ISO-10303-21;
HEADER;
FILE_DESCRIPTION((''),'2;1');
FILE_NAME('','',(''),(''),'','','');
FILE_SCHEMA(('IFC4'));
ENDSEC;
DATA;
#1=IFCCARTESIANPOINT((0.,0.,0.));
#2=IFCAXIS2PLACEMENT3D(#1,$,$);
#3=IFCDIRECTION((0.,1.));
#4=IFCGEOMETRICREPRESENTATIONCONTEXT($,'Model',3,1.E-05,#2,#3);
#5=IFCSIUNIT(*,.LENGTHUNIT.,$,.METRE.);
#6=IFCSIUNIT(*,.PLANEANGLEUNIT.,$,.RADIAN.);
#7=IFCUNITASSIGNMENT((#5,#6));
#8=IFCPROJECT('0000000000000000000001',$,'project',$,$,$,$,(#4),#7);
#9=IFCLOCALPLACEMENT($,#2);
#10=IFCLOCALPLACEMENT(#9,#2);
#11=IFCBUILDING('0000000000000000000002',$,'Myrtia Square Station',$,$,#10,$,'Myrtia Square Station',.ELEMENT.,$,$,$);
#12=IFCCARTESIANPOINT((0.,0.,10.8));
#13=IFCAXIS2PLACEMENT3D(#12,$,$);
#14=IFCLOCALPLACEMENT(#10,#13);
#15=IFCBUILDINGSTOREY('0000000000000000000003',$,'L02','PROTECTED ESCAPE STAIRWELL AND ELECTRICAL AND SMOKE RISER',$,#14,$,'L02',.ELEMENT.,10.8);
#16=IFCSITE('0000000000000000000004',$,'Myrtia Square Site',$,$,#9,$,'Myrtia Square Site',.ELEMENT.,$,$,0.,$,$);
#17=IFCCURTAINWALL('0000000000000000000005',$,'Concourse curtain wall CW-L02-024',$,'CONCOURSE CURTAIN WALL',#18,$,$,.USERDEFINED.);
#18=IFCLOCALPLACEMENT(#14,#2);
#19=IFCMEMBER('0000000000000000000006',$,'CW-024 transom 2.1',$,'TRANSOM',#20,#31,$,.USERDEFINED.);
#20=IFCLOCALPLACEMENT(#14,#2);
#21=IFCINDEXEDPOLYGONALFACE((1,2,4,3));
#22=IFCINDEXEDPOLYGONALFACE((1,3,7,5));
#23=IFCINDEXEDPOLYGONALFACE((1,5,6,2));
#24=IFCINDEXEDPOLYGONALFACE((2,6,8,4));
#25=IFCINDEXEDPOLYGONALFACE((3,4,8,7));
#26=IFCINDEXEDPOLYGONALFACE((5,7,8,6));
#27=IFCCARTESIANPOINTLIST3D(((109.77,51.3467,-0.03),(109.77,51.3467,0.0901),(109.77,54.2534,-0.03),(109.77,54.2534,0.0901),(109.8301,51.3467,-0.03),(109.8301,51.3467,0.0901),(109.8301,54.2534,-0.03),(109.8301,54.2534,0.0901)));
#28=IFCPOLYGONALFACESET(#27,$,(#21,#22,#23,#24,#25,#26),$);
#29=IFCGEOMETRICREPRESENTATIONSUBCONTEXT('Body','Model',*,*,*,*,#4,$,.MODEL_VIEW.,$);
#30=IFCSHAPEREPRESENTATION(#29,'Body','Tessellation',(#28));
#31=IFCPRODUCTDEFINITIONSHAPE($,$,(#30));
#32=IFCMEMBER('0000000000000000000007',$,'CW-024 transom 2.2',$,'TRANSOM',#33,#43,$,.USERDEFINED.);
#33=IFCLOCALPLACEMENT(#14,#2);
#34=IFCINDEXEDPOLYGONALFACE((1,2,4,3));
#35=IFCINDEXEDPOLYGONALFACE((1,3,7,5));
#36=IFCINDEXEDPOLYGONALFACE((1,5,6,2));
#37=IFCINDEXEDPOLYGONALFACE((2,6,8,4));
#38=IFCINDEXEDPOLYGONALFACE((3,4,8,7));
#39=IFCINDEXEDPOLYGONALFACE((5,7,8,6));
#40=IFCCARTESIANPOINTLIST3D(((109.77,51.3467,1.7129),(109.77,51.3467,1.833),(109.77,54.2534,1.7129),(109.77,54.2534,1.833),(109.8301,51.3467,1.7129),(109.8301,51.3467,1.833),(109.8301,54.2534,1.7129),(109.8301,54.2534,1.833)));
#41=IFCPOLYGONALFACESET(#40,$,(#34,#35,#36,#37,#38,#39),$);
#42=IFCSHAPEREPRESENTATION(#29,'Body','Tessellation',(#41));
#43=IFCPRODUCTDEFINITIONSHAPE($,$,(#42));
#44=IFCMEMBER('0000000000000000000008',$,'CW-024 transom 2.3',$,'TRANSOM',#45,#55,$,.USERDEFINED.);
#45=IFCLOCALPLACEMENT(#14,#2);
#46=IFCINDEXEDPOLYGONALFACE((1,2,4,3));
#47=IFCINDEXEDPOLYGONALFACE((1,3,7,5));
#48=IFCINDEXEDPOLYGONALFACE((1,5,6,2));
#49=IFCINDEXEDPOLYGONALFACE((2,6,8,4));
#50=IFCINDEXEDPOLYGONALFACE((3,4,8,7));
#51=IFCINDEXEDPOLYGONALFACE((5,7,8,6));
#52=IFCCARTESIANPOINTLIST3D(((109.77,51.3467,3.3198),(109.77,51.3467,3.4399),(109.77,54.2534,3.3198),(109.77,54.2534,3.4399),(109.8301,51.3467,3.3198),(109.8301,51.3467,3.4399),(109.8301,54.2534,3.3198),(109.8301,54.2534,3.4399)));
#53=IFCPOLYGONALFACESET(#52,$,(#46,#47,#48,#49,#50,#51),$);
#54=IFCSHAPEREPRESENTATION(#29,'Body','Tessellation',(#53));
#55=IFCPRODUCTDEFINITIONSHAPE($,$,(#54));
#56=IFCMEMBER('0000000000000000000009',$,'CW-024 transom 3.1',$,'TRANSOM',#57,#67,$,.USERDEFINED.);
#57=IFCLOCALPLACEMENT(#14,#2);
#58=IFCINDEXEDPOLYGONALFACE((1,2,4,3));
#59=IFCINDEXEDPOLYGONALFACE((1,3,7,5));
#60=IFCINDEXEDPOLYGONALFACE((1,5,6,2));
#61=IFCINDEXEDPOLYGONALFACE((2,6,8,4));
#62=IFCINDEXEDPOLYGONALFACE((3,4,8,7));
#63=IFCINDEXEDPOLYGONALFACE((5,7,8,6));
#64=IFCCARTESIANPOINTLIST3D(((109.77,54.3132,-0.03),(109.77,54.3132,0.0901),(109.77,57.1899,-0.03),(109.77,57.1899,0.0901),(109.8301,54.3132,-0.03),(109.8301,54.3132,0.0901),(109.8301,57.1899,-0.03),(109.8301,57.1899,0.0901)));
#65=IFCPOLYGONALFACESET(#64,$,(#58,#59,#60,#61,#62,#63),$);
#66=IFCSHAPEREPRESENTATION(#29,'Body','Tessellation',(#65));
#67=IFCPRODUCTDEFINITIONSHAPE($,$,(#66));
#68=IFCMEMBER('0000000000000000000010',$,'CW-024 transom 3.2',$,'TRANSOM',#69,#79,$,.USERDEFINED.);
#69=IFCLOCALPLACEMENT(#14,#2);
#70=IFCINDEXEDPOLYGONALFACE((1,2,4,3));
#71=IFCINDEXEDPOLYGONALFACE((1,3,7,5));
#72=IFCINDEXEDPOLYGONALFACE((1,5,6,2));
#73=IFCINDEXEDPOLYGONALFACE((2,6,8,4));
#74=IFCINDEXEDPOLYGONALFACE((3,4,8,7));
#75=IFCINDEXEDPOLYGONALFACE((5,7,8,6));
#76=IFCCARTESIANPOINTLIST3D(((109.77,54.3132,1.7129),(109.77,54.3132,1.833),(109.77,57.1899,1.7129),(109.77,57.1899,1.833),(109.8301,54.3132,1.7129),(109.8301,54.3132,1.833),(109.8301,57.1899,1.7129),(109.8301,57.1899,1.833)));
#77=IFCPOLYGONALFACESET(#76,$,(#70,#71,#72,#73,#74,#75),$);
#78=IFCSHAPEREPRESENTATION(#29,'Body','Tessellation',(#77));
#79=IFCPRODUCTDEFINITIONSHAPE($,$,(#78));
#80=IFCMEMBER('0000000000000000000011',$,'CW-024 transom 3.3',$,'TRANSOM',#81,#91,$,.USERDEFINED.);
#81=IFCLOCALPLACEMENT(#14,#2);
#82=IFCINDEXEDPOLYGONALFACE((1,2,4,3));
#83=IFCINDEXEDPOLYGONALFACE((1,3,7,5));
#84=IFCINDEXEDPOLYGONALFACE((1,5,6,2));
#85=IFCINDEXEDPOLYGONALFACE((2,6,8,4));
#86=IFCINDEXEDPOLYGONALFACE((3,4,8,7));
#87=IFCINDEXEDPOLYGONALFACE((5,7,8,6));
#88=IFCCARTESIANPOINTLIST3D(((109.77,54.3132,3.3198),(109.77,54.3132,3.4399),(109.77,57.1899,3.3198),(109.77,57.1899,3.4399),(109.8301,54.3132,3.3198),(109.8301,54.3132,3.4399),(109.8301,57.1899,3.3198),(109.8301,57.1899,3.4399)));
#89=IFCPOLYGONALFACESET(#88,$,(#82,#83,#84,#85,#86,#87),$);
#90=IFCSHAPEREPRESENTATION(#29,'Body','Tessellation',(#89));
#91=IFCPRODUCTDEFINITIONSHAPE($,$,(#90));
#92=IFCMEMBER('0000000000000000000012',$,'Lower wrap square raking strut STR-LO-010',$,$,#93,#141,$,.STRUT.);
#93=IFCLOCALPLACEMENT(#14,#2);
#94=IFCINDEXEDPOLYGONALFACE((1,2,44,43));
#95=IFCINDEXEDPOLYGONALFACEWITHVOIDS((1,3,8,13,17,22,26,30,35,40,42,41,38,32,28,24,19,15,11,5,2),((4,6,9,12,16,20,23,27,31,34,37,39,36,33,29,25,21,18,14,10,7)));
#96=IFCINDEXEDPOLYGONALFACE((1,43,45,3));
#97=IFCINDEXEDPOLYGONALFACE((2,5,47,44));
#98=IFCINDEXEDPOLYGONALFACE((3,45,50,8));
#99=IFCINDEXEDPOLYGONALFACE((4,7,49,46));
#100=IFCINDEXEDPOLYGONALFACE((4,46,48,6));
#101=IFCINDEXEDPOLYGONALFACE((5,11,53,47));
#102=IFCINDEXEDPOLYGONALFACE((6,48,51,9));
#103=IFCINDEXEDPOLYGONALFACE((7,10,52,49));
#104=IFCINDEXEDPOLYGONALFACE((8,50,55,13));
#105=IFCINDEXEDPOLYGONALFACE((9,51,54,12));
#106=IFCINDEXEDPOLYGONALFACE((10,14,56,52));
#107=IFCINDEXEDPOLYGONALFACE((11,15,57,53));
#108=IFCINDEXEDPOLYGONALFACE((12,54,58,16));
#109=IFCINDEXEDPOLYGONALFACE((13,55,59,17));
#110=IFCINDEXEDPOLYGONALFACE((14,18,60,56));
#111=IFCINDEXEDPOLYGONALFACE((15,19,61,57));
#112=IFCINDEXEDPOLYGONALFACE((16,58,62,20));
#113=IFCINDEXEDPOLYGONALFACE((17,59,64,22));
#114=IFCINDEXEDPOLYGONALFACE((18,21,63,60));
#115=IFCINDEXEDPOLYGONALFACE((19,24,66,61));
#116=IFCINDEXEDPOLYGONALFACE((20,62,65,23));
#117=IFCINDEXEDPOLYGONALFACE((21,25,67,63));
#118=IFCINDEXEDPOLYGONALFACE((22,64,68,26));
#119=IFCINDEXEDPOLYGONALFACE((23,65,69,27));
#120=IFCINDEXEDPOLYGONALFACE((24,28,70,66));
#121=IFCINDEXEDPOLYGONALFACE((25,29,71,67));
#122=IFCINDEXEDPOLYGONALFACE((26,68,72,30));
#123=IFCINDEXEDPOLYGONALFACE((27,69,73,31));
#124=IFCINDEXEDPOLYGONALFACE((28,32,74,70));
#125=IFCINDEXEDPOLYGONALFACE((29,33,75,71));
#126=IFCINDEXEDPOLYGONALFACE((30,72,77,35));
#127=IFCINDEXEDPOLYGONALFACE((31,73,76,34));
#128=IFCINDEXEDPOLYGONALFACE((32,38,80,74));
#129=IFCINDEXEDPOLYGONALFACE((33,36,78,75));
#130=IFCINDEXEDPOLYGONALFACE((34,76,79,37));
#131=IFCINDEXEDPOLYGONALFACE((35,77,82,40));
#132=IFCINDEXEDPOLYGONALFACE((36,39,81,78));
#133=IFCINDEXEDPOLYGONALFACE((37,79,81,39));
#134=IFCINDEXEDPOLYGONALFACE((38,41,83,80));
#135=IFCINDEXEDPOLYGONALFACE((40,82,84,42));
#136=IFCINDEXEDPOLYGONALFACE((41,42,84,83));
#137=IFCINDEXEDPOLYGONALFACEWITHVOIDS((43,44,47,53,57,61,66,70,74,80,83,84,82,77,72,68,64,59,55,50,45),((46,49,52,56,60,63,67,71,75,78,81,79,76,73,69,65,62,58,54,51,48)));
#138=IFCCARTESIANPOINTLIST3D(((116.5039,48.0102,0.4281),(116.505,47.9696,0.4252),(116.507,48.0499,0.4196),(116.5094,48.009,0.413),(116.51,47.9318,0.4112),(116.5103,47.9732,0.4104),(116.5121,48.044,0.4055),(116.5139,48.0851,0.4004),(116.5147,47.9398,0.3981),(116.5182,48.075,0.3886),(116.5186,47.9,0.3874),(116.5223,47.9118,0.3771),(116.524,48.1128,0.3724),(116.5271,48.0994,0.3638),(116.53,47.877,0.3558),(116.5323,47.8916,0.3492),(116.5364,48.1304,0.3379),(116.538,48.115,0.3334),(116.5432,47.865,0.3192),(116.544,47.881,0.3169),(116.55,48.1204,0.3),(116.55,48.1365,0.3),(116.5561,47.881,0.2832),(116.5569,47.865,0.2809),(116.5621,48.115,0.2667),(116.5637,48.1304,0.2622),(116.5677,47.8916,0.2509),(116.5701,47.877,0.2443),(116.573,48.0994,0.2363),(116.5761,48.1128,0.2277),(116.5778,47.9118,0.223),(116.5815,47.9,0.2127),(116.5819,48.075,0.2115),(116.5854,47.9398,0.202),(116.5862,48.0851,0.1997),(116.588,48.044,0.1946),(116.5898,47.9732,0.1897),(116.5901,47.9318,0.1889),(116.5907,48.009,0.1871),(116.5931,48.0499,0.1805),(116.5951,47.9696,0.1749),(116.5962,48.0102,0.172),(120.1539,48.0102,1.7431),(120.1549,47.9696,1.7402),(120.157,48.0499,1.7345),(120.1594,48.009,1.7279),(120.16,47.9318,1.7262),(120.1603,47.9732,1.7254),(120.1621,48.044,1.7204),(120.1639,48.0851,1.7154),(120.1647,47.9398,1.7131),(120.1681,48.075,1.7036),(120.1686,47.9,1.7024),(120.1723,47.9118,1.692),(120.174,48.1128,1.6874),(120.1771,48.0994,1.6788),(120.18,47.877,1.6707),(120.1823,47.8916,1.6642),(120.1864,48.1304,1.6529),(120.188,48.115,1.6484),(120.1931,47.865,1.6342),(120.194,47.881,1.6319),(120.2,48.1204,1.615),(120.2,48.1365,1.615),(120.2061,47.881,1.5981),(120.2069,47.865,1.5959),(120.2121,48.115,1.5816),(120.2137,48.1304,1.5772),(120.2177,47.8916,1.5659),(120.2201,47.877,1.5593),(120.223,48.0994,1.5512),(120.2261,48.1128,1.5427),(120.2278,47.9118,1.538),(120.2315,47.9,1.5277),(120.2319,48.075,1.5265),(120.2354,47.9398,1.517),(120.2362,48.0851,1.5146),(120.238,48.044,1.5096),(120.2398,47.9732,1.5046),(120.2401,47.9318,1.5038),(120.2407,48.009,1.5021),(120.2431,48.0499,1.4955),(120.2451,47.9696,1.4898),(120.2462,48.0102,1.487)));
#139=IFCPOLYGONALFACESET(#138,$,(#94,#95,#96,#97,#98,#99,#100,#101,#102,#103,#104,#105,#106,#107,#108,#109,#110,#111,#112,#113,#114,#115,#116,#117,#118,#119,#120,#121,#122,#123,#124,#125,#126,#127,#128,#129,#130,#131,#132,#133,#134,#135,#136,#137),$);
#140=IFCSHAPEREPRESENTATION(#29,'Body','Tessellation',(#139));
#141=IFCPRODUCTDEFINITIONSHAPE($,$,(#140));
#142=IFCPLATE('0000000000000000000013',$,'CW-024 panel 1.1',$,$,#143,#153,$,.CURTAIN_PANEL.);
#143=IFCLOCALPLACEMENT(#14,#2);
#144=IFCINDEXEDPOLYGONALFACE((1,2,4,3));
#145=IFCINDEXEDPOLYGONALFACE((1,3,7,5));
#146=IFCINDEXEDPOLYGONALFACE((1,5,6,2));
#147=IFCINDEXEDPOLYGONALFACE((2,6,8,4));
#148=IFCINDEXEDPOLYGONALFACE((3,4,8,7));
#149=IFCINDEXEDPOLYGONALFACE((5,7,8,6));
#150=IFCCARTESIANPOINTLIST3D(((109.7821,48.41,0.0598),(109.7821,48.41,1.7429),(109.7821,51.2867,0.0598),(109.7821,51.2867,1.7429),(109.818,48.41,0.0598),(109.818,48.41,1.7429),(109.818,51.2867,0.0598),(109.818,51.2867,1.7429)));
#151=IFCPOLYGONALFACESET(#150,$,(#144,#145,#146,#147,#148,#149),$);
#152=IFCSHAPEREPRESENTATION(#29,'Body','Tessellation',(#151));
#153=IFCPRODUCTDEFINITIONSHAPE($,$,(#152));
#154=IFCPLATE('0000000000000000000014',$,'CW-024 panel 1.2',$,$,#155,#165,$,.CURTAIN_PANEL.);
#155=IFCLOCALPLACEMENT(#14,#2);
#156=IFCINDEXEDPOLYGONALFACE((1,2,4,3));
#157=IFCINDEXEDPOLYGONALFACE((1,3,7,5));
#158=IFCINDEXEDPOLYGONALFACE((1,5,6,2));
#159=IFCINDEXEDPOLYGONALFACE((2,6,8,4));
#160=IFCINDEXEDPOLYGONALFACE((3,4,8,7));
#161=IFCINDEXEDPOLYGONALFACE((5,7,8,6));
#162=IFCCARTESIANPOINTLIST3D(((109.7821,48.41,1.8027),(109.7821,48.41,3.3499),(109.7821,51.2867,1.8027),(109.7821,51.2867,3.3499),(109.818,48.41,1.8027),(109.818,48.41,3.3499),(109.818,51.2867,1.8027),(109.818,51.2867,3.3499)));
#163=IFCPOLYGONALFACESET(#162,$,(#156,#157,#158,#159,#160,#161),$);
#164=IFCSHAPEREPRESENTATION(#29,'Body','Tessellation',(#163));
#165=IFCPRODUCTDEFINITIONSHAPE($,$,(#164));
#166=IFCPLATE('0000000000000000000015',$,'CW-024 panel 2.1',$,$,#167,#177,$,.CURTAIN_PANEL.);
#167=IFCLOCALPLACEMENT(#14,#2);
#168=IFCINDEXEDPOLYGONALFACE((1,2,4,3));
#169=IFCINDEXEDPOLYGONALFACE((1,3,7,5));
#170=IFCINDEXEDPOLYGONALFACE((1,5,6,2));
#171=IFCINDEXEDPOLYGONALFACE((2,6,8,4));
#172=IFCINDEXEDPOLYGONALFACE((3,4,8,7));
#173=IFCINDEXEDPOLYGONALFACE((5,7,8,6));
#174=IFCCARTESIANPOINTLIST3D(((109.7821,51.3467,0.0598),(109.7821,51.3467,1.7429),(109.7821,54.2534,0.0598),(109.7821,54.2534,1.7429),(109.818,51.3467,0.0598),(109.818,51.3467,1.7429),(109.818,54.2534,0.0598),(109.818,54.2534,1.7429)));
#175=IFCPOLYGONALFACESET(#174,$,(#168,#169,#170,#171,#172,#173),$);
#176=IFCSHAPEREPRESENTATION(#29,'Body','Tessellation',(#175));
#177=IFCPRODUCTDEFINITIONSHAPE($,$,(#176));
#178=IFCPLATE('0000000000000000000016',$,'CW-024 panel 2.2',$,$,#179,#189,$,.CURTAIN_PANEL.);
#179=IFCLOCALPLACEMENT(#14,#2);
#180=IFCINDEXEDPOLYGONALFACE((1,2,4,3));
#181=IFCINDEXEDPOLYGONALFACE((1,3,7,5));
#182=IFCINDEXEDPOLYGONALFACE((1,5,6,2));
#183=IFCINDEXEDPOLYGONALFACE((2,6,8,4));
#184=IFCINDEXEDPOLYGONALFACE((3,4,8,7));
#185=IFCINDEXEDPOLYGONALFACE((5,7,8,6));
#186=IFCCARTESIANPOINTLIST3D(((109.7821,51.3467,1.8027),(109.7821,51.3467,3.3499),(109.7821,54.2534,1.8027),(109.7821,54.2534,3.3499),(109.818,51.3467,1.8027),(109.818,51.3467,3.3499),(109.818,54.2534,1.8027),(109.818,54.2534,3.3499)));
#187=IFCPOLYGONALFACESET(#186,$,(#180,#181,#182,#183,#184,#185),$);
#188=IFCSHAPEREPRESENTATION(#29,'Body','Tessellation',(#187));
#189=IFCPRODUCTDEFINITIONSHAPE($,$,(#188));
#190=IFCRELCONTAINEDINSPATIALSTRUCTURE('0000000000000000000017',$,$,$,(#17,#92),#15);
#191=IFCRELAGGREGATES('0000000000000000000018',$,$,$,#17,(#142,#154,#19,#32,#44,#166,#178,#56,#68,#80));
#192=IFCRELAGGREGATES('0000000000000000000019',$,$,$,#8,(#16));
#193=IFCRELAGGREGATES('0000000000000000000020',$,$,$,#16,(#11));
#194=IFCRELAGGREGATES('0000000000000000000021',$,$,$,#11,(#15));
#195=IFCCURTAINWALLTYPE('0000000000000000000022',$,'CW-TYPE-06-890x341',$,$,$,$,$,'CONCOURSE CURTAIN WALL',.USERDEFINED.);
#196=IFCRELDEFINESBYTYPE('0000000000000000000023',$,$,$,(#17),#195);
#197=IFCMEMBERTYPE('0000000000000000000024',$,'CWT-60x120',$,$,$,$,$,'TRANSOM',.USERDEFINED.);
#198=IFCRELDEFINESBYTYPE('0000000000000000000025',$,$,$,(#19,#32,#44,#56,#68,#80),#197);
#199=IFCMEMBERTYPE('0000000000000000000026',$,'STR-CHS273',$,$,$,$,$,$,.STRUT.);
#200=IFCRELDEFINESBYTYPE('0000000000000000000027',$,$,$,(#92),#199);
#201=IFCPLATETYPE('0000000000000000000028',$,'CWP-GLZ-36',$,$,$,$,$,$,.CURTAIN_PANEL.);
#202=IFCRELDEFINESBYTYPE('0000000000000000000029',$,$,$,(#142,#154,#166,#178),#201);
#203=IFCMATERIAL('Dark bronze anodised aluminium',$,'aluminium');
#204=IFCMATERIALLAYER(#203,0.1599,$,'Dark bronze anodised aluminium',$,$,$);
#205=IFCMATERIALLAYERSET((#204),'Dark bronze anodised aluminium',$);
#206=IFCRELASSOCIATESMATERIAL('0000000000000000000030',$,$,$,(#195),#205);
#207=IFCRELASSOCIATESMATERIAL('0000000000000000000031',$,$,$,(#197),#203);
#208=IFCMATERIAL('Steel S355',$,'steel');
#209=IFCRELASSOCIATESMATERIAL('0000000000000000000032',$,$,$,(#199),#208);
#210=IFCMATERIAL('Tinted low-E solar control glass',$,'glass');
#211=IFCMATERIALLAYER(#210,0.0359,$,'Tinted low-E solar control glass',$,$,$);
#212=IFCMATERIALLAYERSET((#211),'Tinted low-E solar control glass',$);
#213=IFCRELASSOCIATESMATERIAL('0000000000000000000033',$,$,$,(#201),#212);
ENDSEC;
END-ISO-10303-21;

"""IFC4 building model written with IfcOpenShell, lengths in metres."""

from ifc_helpers import new_model, si_unit, direction, frame, origin, origin_2d, place, context, subcontext, project, spatial, rectangle, hollow_circle, extrude, material, layer, layer_set, material_profile, profile_set, type_object, element, aggregate, save


model = new_model("IFC4")

# Units and contexts
model_context = context("Model", 3, precision=1e-05, world=origin(), true_north=direction((0.0, 1.0)))
body_context = subcontext(model_context, "Body", "Model", "MODEL_VIEW")
ifc_project = project(units=[si_unit("LENGTHUNIT", "METRE"), si_unit("PLANEANGLEUNIT", "RADIAN")], contexts=[model_context])

# Site, building, storey
site_placement = place(None, origin())
site = spatial("IfcSite", under=ifc_project, at=site_placement, Name="Myrtia Square Site", LongName="Myrtia Square Site", CompositionType="ELEMENT", RefElevation=0.0)
building_placement = place(site_placement, origin())
building = spatial("IfcBuilding", under=site, at=building_placement, Name="Myrtia Square Station", LongName="Myrtia Square Station", CompositionType="ELEMENT")
storey_placement = place(building_placement, frame((0.0, 0.0, 10.8)))
storey = spatial("IfcBuildingStorey", under=building, at=storey_placement, Name="L02", Description="PROTECTED ESCAPE STAIRWELL AND ELECTRICAL AND SMOKE RISER", LongName="L02", CompositionType="ELEMENT", Elevation=10.8)

# Shared definitions
ifc_material_1 = material(Name="Steel S355", Category="steel")

# Curtain wall, members
ifc_material_2 = material(Name="Dark bronze anodised aluminium", Category="aluminium")
ifc_layer_1 = layer(ifc_material_2, 0.1599, Name="Dark bronze anodised aluminium")
ifc_layer_set_1 = layer_set([ifc_layer_1], Name="Dark bronze anodised aluminium")
curtain_wall_type = type_object("IfcCurtainWallType", Name="CW-TYPE-06-890x341", ElementType="CONCOURSE CURTAIN WALL", PredefinedType="USERDEFINED", material=ifc_layer_set_1)
curtain_wall_placement = place(storey_placement, origin())
curtain_wall = element("IfcCurtainWall", 1, at=curtain_wall_placement, inside=storey, type_object=curtain_wall_type, Name="Concourse curtain wall CW-L02-024", ObjectType="CONCOURSE CURTAIN WALL", PredefinedType="USERDEFINED")
ifc_material_profile_1 = material_profile(ifc_material_2, rectangle(XDim=0.0601, YDim=0.1201, at=origin_2d()), Name="ALU-T 60x120")
ifc_profile_set_1 = profile_set([ifc_material_profile_1], Name="Dark bronze anodised aluminium")
member_type_1 = type_object("IfcMemberType", Name="CWT-60x120", ElementType="TRANSOM", PredefinedType="USERDEFINED", material=ifc_profile_set_1)
member_1_placement = place(storey_placement, frame((109.8, 51.3467, 0.03), z_axis=(0.0, 1.0, 0.0), x_axis=(-1.0, 0.0, 0.0)))
member_1 = element("IfcMember", 2, at=member_1_placement, type_object=member_type_1, Name="CW-024 transom 2.1", ObjectType="TRANSOM", PredefinedType="USERDEFINED", context=body_context, shape_type="SweptSolid", body=[
    extrude(rectangle(XDim=0.0601, YDim=0.1201, at=origin_2d()), origin(), (0.0, 0.0, 1.0), 2.9067),
])
member_2_placement = place(storey_placement, frame((109.8, 51.3467, 1.7729), z_axis=(0.0, 1.0, 0.0), x_axis=(-1.0, 0.0, 0.0)))
member_2 = element("IfcMember", 3, at=member_2_placement, type_object=member_type_1, Name="CW-024 transom 2.2", ObjectType="TRANSOM", PredefinedType="USERDEFINED", context=body_context, shape_type="SweptSolid", body=[
    extrude(rectangle(XDim=0.0601, YDim=0.1201, at=origin_2d()), origin(), (0.0, 0.0, 1.0), 2.9067),
])
member_3_placement = place(storey_placement, frame((109.8, 51.3467, 3.3799), z_axis=(0.0, 1.0, 0.0), x_axis=(-1.0, 0.0, 0.0)))
member_3 = element("IfcMember", 4, at=member_3_placement, type_object=member_type_1, Name="CW-024 transom 2.3", ObjectType="TRANSOM", PredefinedType="USERDEFINED", context=body_context, shape_type="SweptSolid", body=[
    extrude(rectangle(XDim=0.0601, YDim=0.1201, at=origin_2d()), origin(), (0.0, 0.0, 1.0), 2.9067),
])
member_4_placement = place(storey_placement, frame((109.8, 54.3132, 0.03), z_axis=(0.0, 1.0, 0.0), x_axis=(-1.0, 0.0, 0.0)))
member_4 = element("IfcMember", 5, at=member_4_placement, type_object=member_type_1, Name="CW-024 transom 3.1", ObjectType="TRANSOM", PredefinedType="USERDEFINED", context=body_context, shape_type="SweptSolid", body=[
    extrude(rectangle(XDim=0.0601, YDim=0.1201, at=origin_2d()), origin(), (0.0, 0.0, 1.0), 2.8767),
])
member_5_placement = place(storey_placement, frame((109.8, 54.3132, 1.7729), z_axis=(0.0, 1.0, 0.0), x_axis=(-1.0, 0.0, 0.0)))
member_5 = element("IfcMember", 6, at=member_5_placement, type_object=member_type_1, Name="CW-024 transom 3.2", ObjectType="TRANSOM", PredefinedType="USERDEFINED", context=body_context, shape_type="SweptSolid", body=[
    extrude(rectangle(XDim=0.0601, YDim=0.1201, at=origin_2d()), origin(), (0.0, 0.0, 1.0), 2.8767),
])
member_6_placement = place(storey_placement, frame((109.8, 54.3132, 3.3799), z_axis=(0.0, 1.0, 0.0), x_axis=(-1.0, 0.0, 0.0)))
member_6 = element("IfcMember", 7, at=member_6_placement, type_object=member_type_1, Name="CW-024 transom 3.3", ObjectType="TRANSOM", PredefinedType="USERDEFINED", context=body_context, shape_type="SweptSolid", body=[
    extrude(rectangle(XDim=0.0601, YDim=0.1201, at=origin_2d()), origin(), (0.0, 0.0, 1.0), 2.8767),
])

# Member
ifc_material_profile_2 = material_profile(ifc_material_1, hollow_circle(Radius=0.1365, WallThickness=0.0161, at=origin_2d()), Name="CHS 273x16")
ifc_profile_set_2 = profile_set([ifc_material_profile_2], Name="Steel S355")
member_type_2 = type_object("IfcMemberType", Name="STR-CHS273", PredefinedType="STRUT", material=ifc_profile_set_2)
member_7_placement = place(storey_placement, frame((116.55, 48.0, 0.3), z_axis=(0.940807, 0.0, 0.338942), x_axis=(0.0, 1.0, 0.0)))
element("IfcMember", 8, at=member_7_placement, inside=storey, type_object=member_type_2, Name="Lower wrap square raking strut STR-LO-010", PredefinedType="STRUT", context=body_context, shape_type="SweptSolid", body=[
    extrude(hollow_circle(Radius=0.1365, WallThickness=0.0161, at=origin_2d()), origin(), (0.0, 0.0, 1.0), 3.8796),
])

# Plates
ifc_material_3 = material(Name="Tinted low-E solar control glass", Category="glass")
ifc_layer_2 = layer(ifc_material_3, 0.0359, Name="Tinted low-E solar control glass")
ifc_layer_set_2 = layer_set([ifc_layer_2], Name="Tinted low-E solar control glass")
plate_type_1 = type_object("IfcPlateType", Name="CWP-GLZ-36", PredefinedType="CURTAIN_PANEL", material=ifc_layer_set_2)
plate_1_placement = place(storey_placement, frame((109.8, 49.8484, 0.0598), z_axis=(0.0, 0.0, 1.0), x_axis=(0.0, 1.0, 0.0)))
plate_1 = element("IfcPlate", 9, at=plate_1_placement, type_object=plate_type_1, Name="CW-024 panel 1.1", PredefinedType="CURTAIN_PANEL", context=body_context, shape_type="SweptSolid", body=[
    extrude(rectangle(XDim=2.8767, YDim=0.0359, at=origin_2d()), origin(), (0.0, 0.0, 1.0), 1.6831),
])
plate_2_placement = place(storey_placement, frame((109.8, 49.8484, 1.8027), z_axis=(0.0, 0.0, 1.0), x_axis=(0.0, 1.0, 0.0)))
plate_2 = element("IfcPlate", 10, at=plate_2_placement, type_object=plate_type_1, Name="CW-024 panel 1.2", PredefinedType="CURTAIN_PANEL", context=body_context, shape_type="SweptSolid", body=[
    extrude(rectangle(XDim=2.8767, YDim=0.0359, at=origin_2d()), origin(), (0.0, 0.0, 1.0), 1.5471),
])
plate_3_placement = place(storey_placement, frame((109.8, 52.8, 0.0598), z_axis=(0.0, 0.0, 1.0), x_axis=(0.0, 1.0, 0.0)))
plate_3 = element("IfcPlate", 11, at=plate_3_placement, type_object=plate_type_1, Name="CW-024 panel 2.1", PredefinedType="CURTAIN_PANEL", context=body_context, shape_type="SweptSolid", body=[
    extrude(rectangle(XDim=2.9067, YDim=0.0359, at=origin_2d()), origin(), (0.0, 0.0, 1.0), 1.6831),
])
plate_4_placement = place(storey_placement, frame((109.8, 52.8, 1.8027), z_axis=(0.0, 0.0, 1.0), x_axis=(0.0, 1.0, 0.0)))
plate_4 = element("IfcPlate", 12, at=plate_4_placement, type_object=plate_type_1, Name="CW-024 panel 2.2", PredefinedType="CURTAIN_PANEL", context=body_context, shape_type="SweptSolid", body=[
    extrude(rectangle(XDim=2.9067, YDim=0.0359, at=origin_2d()), origin(), (0.0, 0.0, 1.0), 1.5471),
])
aggregate(curtain_wall, [plate_1, plate_2, member_1, member_2, member_3, plate_3, plate_4, member_4, member_5, member_6])

save(model, "model.ifc")
